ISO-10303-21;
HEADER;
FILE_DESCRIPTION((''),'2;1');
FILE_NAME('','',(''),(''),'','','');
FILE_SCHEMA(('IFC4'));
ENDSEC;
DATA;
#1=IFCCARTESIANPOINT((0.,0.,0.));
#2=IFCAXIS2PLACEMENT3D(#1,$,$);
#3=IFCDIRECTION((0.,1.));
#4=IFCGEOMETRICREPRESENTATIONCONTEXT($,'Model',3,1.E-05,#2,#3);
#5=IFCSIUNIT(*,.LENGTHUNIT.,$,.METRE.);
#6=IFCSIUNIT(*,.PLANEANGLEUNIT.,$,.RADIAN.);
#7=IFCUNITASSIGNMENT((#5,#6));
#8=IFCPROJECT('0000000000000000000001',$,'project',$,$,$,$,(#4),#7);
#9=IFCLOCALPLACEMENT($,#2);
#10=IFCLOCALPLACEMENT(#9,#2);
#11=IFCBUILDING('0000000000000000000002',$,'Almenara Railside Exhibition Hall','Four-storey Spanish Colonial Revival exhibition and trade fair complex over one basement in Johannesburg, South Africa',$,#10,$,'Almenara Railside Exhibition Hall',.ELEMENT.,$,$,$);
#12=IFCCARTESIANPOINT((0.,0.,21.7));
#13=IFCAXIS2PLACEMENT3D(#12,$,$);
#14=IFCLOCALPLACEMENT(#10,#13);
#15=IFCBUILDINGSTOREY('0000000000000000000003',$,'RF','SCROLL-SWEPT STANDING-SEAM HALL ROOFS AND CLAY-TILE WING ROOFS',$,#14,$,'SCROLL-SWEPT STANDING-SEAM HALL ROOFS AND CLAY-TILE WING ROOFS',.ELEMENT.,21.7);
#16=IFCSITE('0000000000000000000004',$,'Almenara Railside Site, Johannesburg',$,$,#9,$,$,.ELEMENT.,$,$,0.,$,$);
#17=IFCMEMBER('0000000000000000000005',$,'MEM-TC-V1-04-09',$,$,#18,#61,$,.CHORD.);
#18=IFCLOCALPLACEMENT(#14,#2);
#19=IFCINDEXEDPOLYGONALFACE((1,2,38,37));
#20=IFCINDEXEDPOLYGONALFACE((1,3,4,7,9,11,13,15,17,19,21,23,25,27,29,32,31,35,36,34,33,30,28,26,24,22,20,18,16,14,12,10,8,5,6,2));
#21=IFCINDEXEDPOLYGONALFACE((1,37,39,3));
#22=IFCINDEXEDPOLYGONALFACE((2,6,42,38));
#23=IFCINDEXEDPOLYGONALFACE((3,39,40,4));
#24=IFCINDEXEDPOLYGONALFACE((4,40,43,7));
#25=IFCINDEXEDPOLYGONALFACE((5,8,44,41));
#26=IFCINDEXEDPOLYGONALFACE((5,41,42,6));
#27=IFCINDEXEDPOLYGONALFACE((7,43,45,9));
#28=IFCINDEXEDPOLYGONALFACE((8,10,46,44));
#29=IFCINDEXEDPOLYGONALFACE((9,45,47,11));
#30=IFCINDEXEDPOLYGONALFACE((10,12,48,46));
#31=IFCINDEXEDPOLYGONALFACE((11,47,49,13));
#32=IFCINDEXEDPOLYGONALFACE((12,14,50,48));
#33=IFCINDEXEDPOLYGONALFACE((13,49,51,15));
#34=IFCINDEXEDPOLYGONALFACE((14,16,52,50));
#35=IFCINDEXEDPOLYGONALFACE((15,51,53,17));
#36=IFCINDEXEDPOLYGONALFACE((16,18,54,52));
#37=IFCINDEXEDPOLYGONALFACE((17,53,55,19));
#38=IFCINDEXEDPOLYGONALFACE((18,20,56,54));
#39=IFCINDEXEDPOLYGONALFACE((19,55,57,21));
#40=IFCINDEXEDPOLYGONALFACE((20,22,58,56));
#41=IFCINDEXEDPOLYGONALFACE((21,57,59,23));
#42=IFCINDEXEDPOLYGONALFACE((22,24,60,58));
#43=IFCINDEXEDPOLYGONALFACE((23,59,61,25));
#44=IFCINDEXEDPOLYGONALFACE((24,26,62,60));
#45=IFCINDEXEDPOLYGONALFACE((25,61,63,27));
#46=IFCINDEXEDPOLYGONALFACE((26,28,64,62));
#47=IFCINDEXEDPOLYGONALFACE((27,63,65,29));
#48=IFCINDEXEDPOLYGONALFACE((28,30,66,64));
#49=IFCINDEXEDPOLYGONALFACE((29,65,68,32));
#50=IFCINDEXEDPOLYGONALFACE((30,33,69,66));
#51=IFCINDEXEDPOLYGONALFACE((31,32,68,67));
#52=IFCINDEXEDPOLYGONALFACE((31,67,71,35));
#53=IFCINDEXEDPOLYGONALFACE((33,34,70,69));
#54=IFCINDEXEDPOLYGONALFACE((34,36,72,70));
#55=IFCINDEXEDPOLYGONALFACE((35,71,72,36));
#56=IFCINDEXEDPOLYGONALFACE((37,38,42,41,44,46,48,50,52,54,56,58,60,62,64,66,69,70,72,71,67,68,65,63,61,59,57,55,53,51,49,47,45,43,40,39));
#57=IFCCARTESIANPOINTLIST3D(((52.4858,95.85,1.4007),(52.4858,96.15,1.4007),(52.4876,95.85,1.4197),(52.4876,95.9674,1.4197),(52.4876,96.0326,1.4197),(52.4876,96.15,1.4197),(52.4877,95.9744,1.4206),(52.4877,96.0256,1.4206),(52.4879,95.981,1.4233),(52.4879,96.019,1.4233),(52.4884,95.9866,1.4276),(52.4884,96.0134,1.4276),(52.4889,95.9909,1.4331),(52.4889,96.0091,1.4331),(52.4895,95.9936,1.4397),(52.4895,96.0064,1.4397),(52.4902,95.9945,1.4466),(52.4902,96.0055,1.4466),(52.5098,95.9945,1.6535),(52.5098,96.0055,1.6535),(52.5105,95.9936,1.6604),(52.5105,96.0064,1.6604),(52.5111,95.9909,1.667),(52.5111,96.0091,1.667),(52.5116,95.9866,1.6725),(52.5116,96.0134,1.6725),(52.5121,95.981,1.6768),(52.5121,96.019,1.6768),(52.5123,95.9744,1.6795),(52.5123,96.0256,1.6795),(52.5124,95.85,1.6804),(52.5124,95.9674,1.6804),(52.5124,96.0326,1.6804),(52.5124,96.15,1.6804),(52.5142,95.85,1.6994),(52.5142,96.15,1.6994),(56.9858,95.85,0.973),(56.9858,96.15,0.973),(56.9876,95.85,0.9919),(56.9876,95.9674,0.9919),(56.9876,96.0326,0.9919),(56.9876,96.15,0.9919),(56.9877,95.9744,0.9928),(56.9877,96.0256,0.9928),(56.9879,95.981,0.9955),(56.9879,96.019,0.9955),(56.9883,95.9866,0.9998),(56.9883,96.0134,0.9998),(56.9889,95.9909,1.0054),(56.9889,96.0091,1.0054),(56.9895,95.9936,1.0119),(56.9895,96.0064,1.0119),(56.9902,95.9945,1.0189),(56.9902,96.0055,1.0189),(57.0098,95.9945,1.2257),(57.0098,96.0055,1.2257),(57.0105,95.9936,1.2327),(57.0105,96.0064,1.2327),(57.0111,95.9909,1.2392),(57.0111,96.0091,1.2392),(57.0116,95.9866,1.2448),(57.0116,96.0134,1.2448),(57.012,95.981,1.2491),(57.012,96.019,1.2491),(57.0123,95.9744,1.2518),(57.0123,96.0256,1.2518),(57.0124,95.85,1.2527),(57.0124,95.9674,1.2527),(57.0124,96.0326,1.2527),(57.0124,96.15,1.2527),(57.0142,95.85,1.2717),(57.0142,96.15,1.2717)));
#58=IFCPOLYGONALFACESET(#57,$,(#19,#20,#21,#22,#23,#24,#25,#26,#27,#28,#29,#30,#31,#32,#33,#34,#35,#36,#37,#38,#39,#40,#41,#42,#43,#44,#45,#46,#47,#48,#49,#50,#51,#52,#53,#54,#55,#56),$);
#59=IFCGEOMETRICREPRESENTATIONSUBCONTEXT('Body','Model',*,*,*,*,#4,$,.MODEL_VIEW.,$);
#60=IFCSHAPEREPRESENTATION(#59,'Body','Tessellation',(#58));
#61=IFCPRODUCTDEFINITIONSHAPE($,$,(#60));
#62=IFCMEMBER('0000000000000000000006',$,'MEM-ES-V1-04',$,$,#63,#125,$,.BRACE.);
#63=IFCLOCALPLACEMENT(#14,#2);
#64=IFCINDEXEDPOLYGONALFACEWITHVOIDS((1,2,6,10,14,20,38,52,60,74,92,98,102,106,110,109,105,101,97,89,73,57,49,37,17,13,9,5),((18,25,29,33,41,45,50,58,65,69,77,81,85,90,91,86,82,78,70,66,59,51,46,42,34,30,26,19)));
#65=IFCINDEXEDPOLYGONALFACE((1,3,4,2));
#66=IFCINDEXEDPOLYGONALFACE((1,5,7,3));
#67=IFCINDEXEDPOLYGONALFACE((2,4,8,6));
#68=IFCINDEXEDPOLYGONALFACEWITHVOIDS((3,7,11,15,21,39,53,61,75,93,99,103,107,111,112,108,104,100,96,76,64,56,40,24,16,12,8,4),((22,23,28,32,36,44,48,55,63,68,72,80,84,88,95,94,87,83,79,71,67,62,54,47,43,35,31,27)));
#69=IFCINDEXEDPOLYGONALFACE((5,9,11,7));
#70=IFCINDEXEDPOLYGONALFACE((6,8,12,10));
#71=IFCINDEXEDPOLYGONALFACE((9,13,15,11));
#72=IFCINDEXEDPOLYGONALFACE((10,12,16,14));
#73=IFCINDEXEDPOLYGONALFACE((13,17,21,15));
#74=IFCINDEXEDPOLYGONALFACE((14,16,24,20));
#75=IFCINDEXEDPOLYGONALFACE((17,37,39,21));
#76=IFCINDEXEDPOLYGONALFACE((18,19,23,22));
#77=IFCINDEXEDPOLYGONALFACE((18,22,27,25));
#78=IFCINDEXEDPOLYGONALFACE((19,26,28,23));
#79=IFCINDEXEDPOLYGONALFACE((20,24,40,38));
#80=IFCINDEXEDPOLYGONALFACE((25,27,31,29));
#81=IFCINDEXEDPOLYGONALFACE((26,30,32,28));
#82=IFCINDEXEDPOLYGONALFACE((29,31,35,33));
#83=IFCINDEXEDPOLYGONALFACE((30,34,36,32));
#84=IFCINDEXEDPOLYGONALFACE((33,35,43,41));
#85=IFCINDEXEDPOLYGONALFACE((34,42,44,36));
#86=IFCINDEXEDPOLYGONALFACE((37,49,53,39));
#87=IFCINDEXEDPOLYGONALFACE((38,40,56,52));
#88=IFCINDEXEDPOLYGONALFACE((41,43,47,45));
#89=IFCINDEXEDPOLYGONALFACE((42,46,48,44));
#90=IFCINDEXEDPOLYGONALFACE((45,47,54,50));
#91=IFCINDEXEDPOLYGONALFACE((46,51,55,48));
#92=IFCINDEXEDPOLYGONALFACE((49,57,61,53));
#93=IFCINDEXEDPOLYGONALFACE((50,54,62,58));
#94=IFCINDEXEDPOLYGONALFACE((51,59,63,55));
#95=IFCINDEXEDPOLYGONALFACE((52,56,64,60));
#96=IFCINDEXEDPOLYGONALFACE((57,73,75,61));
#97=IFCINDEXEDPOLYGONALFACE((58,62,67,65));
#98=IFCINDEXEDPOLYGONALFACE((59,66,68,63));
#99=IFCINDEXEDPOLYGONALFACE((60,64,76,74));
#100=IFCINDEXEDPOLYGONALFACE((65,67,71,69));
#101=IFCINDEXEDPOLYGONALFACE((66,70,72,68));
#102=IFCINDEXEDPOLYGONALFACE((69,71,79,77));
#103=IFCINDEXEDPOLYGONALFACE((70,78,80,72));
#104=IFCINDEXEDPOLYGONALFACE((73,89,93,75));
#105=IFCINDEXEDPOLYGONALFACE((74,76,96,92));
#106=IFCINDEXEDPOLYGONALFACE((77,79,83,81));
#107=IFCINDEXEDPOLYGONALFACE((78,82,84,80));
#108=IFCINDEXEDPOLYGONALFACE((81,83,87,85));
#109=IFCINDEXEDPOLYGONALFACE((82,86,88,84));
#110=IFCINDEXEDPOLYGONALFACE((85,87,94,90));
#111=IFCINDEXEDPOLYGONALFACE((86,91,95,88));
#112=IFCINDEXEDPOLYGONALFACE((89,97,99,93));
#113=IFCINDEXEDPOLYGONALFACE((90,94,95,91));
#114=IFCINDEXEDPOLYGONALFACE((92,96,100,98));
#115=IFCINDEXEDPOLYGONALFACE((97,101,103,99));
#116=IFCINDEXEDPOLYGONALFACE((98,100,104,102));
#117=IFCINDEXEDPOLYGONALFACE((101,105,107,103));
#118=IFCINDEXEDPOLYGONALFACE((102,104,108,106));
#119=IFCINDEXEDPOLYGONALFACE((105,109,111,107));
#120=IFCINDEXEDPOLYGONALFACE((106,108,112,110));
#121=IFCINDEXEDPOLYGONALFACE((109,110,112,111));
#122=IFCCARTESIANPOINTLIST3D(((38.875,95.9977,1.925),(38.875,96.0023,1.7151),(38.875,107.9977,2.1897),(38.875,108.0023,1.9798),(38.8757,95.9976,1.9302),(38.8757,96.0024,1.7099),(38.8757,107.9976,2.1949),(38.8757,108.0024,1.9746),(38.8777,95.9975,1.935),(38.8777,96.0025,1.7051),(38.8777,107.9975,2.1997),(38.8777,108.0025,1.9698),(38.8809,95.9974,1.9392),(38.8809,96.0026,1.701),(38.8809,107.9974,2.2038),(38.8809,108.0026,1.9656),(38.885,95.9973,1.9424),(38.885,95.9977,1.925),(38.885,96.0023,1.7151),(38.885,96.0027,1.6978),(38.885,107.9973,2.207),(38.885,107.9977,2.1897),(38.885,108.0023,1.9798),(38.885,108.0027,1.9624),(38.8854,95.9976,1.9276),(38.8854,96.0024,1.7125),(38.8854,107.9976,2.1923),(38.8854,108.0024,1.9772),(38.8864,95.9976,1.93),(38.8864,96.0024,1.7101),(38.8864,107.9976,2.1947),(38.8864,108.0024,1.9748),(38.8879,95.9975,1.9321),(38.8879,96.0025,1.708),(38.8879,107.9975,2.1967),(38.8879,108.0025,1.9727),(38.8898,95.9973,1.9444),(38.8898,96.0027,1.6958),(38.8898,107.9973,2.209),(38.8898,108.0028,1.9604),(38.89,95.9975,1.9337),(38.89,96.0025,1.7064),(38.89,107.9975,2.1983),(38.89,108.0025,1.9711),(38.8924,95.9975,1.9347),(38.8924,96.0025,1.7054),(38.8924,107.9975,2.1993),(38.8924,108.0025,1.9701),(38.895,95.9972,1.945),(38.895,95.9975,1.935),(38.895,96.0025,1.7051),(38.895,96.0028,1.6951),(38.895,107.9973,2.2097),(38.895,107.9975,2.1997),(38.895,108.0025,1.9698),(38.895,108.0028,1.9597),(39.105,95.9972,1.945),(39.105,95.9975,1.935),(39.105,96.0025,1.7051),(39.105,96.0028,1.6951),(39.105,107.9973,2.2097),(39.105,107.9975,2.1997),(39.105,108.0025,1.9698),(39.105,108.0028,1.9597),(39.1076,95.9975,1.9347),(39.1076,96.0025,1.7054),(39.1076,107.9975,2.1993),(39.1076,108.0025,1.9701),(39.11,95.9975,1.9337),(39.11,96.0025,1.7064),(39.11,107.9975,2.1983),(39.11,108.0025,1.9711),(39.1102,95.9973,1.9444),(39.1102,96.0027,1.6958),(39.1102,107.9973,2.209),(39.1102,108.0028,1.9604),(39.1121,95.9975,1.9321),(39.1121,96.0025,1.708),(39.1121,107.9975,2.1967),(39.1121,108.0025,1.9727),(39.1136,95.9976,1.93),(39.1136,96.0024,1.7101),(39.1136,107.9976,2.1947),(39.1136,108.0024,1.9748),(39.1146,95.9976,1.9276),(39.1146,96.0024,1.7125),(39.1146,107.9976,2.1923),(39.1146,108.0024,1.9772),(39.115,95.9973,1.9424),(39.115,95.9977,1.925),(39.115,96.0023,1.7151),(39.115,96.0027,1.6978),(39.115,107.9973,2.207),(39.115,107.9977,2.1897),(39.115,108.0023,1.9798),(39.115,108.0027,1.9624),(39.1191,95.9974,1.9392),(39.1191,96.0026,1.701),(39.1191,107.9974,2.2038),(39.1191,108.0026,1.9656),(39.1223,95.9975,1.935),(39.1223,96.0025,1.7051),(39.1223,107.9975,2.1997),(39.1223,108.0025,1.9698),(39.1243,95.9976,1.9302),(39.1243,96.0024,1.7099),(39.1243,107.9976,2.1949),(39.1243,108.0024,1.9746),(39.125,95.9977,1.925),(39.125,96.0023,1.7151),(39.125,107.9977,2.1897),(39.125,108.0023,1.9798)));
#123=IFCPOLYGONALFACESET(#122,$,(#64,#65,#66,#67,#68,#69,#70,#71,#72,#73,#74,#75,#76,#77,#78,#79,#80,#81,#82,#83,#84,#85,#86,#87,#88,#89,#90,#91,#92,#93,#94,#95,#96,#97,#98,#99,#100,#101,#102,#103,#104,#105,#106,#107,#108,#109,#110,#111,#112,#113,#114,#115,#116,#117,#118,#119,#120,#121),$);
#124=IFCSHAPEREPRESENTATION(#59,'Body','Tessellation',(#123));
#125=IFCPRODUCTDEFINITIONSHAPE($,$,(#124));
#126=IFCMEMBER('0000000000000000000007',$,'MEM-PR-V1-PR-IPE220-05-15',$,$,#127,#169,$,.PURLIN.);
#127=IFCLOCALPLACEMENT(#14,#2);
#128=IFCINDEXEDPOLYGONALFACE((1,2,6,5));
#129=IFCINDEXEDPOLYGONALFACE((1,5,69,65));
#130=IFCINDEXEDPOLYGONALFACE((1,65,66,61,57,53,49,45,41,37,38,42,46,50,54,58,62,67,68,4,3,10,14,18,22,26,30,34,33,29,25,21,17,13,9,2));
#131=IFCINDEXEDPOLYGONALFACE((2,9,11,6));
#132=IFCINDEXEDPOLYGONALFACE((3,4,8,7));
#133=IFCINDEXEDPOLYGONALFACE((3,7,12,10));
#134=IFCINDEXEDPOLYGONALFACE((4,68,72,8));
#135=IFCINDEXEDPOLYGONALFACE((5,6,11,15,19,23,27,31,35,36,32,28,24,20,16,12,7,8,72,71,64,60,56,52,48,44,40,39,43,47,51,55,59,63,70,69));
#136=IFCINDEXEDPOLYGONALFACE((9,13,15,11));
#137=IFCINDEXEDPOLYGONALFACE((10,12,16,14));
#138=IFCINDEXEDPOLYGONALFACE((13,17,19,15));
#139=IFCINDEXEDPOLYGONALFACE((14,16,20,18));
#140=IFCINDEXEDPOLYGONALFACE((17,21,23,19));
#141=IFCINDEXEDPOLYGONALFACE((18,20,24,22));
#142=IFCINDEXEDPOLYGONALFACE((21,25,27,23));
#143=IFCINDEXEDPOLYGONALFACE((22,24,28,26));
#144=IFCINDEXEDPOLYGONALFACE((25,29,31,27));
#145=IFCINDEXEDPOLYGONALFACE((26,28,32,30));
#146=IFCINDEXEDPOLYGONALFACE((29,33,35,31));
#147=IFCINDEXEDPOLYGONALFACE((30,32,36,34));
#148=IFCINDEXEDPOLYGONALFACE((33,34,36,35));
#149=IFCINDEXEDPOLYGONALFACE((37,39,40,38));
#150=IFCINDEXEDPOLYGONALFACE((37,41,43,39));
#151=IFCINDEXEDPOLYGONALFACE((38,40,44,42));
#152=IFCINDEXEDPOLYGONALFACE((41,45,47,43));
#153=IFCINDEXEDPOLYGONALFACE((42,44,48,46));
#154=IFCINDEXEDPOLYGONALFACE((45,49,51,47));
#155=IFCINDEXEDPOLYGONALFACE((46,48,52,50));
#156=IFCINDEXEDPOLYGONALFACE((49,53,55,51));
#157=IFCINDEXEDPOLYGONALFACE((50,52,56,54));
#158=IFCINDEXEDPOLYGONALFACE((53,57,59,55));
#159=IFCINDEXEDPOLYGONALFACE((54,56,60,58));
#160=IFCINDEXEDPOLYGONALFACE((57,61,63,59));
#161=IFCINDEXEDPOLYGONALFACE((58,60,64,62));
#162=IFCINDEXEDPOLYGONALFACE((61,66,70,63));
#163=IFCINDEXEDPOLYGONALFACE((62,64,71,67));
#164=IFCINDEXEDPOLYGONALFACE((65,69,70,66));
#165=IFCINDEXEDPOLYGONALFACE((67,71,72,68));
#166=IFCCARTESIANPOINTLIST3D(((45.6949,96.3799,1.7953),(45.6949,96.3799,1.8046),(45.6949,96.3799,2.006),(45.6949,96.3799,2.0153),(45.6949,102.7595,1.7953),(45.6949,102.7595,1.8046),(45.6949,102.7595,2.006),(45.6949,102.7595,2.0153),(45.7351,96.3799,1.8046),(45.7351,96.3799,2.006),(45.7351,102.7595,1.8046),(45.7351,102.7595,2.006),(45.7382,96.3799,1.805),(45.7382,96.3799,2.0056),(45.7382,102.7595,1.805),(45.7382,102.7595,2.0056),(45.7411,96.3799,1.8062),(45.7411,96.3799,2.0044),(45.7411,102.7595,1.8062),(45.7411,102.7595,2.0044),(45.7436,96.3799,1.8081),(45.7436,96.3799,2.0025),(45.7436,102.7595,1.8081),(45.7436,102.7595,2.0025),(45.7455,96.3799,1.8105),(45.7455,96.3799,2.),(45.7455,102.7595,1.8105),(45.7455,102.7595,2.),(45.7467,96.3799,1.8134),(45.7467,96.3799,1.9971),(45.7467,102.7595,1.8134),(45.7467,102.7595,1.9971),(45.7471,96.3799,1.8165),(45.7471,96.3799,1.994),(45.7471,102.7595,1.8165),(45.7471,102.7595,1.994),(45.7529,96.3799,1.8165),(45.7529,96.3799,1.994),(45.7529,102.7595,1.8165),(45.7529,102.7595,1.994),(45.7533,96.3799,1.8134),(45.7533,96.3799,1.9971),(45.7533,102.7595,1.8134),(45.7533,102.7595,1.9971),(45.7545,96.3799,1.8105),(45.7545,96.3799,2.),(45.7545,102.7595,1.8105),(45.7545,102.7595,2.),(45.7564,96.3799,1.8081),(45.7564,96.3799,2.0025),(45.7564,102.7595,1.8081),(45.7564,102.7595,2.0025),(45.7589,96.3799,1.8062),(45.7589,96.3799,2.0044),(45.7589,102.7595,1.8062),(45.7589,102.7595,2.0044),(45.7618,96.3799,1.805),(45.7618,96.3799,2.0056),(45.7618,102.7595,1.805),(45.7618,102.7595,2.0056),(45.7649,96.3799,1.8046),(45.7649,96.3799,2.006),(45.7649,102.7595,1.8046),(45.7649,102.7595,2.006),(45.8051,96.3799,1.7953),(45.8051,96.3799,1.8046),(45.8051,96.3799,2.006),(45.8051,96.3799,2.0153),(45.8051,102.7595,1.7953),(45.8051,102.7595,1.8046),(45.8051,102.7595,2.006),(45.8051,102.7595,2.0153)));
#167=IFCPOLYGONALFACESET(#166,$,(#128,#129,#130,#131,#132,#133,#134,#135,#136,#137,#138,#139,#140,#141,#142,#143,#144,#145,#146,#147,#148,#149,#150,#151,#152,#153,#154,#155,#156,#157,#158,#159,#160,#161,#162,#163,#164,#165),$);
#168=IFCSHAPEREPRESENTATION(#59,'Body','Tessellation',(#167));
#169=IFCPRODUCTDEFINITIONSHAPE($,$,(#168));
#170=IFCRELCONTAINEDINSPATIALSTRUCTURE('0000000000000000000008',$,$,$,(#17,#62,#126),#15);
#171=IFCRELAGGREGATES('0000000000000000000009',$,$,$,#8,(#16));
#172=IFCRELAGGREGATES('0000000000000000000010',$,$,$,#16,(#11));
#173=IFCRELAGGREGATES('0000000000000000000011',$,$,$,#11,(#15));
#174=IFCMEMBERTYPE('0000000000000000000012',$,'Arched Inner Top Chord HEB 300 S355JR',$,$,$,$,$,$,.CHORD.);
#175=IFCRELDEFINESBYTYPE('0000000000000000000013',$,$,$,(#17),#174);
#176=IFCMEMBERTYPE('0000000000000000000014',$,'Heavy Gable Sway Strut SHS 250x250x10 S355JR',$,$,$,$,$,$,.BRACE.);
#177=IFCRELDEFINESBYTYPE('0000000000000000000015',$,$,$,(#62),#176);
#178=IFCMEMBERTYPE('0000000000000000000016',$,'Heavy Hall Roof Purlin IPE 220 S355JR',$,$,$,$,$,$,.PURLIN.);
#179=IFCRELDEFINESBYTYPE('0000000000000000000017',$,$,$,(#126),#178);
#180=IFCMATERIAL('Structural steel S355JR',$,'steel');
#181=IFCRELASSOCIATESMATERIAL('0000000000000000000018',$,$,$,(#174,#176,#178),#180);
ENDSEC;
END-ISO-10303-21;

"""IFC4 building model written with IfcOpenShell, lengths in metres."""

from ifc_helpers import new_model, si_unit, direction, frame, origin, origin_2d, place, context, subcontext, project, spatial, hollow_rectangle, i_section, extrude, material, material_profile, profile_set, type_object, element, save


model = new_model("IFC4")

# Units and contexts
model_context = context("Model", 3, precision=1e-05, world=origin(), true_north=direction((0.0, 1.0)))
body_context = subcontext(model_context, "Body", "Model", "MODEL_VIEW")
ifc_project = project(units=[si_unit("LENGTHUNIT", "METRE"), si_unit("PLANEANGLEUNIT", "RADIAN")], contexts=[model_context])

# Site, building, storey
site_placement = place(None, origin())
site = spatial("IfcSite", under=ifc_project, at=site_placement, Name="Almenara Railside Site, Johannesburg", CompositionType="ELEMENT", RefElevation=0.0)
building_placement = place(site_placement, origin())
building = spatial("IfcBuilding", under=site, at=building_placement, Name="Almenara Railside Exhibition Hall", Description="Four-storey Spanish Colonial Revival exhibition and trade fair complex over one basement in Johannesburg, South Africa", LongName="Almenara Railside Exhibition Hall", CompositionType="ELEMENT")
storey_placement = place(building_placement, frame((0.0, 0.0, 21.7)))
storey = spatial("IfcBuildingStorey", under=building, at=storey_placement, Name="RF", Description="SCROLL-SWEPT STANDING-SEAM HALL ROOFS AND CLAY-TILE WING ROOFS", LongName="SCROLL-SWEPT STANDING-SEAM HALL ROOFS AND CLAY-TILE WING ROOFS", CompositionType="ELEMENT", Elevation=21.7)

# Members
ifc_material_1 = material(Name="Structural steel S355JR", Category="steel")
ifc_material_profile_1 = material_profile(ifc_material_1, i_section(OverallWidth=0.3, OverallDepth=0.3, WebThickness=0.011, FlangeThickness=0.019, FilletRadius=0.0271, at=origin_2d()), Name="HEB 300")
ifc_profile_set_1 = profile_set([ifc_material_profile_1], Name="Structural steel S355JR")
member_type_1 = type_object("IfcMemberType", Name="Arched Inner Top Chord HEB 300 S355JR", PredefinedType="CHORD", material=ifc_profile_set_1)
member_1_placement = place(storey_placement, frame((52.5, 96.0, 1.55), z_axis=(0.995513, 0.0, -0.094626), x_axis=(0.0, 1.0, 0.0)))
element("IfcMember", 1, at=member_1_placement, inside=storey, type_object=member_type_1, Name="MEM-TC-V1-04-09", PredefinedType="CHORD", context=body_context, shape_type="SweptSolid", body=[
    extrude(i_section(OverallWidth=0.3, OverallDepth=0.3, WebThickness=0.011, FlangeThickness=0.019, FilletRadius=0.0271, at=origin_2d()), origin(), (0.0, 0.0, 1.0), 4.5203),
])
ifc_material_profile_2 = material_profile(ifc_material_1, hollow_rectangle(XDim=0.25, YDim=0.25, WallThickness=0.01, InnerFilletRadius=0.01, OuterFilletRadius=0.02, at=origin_2d()), Name="SHS 250x250x10")
ifc_profile_set_2 = profile_set([ifc_material_profile_2], Name="Structural steel S355JR")
member_type_2 = type_object("IfcMemberType", Name="Heavy Gable Sway Strut SHS 250x250x10 S355JR", PredefinedType="BRACE", material=ifc_profile_set_2)
member_2_placement = place(storey_placement, frame((39.0, 96.0, 1.8201), z_axis=(0.0, 0.999757, 0.022049), x_axis=(-1.0, 0.0, 0.0)))
element("IfcMember", 2, at=member_2_placement, inside=storey, type_object=member_type_2, Name="MEM-ES-V1-04", PredefinedType="BRACE", context=body_context, shape_type="SweptSolid", body=[
    extrude(hollow_rectangle(XDim=0.25, YDim=0.25, WallThickness=0.01, InnerFilletRadius=0.01, OuterFilletRadius=0.02, at=origin_2d()), origin(), (0.0, 0.0, 1.0), 12.0029),
])
ifc_material_profile_3 = material_profile(ifc_material_1, i_section(OverallWidth=0.1101, OverallDepth=0.22, WebThickness=0.0059, FlangeThickness=0.0093, FilletRadius=0.012, at=origin_2d()), Name="IPE 220")
ifc_profile_set_3 = profile_set([ifc_material_profile_3], Name="Structural steel S355JR")
member_type_3 = type_object("IfcMemberType", Name="Heavy Hall Roof Purlin IPE 220 S355JR", PredefinedType="PURLIN", material=ifc_profile_set_3)
member_3_placement = place(storey_placement, frame((45.75, 96.3799, 1.9053), z_axis=(0.0, 1.0, 0.0), x_axis=(-1.0, 0.0, 0.0)))
element("IfcMember", 3, at=member_3_placement, inside=storey, type_object=member_type_3, Name="MEM-PR-V1-PR-IPE220-05-15", PredefinedType="PURLIN", context=body_context, shape_type="SweptSolid", body=[
    extrude(i_section(OverallWidth=0.1101, OverallDepth=0.22, WebThickness=0.0059, FlangeThickness=0.0093, FilletRadius=0.012, at=origin_2d()), origin(), (0.0, 0.0, 1.0), 6.3796),
])

save(model, "model.ifc")
